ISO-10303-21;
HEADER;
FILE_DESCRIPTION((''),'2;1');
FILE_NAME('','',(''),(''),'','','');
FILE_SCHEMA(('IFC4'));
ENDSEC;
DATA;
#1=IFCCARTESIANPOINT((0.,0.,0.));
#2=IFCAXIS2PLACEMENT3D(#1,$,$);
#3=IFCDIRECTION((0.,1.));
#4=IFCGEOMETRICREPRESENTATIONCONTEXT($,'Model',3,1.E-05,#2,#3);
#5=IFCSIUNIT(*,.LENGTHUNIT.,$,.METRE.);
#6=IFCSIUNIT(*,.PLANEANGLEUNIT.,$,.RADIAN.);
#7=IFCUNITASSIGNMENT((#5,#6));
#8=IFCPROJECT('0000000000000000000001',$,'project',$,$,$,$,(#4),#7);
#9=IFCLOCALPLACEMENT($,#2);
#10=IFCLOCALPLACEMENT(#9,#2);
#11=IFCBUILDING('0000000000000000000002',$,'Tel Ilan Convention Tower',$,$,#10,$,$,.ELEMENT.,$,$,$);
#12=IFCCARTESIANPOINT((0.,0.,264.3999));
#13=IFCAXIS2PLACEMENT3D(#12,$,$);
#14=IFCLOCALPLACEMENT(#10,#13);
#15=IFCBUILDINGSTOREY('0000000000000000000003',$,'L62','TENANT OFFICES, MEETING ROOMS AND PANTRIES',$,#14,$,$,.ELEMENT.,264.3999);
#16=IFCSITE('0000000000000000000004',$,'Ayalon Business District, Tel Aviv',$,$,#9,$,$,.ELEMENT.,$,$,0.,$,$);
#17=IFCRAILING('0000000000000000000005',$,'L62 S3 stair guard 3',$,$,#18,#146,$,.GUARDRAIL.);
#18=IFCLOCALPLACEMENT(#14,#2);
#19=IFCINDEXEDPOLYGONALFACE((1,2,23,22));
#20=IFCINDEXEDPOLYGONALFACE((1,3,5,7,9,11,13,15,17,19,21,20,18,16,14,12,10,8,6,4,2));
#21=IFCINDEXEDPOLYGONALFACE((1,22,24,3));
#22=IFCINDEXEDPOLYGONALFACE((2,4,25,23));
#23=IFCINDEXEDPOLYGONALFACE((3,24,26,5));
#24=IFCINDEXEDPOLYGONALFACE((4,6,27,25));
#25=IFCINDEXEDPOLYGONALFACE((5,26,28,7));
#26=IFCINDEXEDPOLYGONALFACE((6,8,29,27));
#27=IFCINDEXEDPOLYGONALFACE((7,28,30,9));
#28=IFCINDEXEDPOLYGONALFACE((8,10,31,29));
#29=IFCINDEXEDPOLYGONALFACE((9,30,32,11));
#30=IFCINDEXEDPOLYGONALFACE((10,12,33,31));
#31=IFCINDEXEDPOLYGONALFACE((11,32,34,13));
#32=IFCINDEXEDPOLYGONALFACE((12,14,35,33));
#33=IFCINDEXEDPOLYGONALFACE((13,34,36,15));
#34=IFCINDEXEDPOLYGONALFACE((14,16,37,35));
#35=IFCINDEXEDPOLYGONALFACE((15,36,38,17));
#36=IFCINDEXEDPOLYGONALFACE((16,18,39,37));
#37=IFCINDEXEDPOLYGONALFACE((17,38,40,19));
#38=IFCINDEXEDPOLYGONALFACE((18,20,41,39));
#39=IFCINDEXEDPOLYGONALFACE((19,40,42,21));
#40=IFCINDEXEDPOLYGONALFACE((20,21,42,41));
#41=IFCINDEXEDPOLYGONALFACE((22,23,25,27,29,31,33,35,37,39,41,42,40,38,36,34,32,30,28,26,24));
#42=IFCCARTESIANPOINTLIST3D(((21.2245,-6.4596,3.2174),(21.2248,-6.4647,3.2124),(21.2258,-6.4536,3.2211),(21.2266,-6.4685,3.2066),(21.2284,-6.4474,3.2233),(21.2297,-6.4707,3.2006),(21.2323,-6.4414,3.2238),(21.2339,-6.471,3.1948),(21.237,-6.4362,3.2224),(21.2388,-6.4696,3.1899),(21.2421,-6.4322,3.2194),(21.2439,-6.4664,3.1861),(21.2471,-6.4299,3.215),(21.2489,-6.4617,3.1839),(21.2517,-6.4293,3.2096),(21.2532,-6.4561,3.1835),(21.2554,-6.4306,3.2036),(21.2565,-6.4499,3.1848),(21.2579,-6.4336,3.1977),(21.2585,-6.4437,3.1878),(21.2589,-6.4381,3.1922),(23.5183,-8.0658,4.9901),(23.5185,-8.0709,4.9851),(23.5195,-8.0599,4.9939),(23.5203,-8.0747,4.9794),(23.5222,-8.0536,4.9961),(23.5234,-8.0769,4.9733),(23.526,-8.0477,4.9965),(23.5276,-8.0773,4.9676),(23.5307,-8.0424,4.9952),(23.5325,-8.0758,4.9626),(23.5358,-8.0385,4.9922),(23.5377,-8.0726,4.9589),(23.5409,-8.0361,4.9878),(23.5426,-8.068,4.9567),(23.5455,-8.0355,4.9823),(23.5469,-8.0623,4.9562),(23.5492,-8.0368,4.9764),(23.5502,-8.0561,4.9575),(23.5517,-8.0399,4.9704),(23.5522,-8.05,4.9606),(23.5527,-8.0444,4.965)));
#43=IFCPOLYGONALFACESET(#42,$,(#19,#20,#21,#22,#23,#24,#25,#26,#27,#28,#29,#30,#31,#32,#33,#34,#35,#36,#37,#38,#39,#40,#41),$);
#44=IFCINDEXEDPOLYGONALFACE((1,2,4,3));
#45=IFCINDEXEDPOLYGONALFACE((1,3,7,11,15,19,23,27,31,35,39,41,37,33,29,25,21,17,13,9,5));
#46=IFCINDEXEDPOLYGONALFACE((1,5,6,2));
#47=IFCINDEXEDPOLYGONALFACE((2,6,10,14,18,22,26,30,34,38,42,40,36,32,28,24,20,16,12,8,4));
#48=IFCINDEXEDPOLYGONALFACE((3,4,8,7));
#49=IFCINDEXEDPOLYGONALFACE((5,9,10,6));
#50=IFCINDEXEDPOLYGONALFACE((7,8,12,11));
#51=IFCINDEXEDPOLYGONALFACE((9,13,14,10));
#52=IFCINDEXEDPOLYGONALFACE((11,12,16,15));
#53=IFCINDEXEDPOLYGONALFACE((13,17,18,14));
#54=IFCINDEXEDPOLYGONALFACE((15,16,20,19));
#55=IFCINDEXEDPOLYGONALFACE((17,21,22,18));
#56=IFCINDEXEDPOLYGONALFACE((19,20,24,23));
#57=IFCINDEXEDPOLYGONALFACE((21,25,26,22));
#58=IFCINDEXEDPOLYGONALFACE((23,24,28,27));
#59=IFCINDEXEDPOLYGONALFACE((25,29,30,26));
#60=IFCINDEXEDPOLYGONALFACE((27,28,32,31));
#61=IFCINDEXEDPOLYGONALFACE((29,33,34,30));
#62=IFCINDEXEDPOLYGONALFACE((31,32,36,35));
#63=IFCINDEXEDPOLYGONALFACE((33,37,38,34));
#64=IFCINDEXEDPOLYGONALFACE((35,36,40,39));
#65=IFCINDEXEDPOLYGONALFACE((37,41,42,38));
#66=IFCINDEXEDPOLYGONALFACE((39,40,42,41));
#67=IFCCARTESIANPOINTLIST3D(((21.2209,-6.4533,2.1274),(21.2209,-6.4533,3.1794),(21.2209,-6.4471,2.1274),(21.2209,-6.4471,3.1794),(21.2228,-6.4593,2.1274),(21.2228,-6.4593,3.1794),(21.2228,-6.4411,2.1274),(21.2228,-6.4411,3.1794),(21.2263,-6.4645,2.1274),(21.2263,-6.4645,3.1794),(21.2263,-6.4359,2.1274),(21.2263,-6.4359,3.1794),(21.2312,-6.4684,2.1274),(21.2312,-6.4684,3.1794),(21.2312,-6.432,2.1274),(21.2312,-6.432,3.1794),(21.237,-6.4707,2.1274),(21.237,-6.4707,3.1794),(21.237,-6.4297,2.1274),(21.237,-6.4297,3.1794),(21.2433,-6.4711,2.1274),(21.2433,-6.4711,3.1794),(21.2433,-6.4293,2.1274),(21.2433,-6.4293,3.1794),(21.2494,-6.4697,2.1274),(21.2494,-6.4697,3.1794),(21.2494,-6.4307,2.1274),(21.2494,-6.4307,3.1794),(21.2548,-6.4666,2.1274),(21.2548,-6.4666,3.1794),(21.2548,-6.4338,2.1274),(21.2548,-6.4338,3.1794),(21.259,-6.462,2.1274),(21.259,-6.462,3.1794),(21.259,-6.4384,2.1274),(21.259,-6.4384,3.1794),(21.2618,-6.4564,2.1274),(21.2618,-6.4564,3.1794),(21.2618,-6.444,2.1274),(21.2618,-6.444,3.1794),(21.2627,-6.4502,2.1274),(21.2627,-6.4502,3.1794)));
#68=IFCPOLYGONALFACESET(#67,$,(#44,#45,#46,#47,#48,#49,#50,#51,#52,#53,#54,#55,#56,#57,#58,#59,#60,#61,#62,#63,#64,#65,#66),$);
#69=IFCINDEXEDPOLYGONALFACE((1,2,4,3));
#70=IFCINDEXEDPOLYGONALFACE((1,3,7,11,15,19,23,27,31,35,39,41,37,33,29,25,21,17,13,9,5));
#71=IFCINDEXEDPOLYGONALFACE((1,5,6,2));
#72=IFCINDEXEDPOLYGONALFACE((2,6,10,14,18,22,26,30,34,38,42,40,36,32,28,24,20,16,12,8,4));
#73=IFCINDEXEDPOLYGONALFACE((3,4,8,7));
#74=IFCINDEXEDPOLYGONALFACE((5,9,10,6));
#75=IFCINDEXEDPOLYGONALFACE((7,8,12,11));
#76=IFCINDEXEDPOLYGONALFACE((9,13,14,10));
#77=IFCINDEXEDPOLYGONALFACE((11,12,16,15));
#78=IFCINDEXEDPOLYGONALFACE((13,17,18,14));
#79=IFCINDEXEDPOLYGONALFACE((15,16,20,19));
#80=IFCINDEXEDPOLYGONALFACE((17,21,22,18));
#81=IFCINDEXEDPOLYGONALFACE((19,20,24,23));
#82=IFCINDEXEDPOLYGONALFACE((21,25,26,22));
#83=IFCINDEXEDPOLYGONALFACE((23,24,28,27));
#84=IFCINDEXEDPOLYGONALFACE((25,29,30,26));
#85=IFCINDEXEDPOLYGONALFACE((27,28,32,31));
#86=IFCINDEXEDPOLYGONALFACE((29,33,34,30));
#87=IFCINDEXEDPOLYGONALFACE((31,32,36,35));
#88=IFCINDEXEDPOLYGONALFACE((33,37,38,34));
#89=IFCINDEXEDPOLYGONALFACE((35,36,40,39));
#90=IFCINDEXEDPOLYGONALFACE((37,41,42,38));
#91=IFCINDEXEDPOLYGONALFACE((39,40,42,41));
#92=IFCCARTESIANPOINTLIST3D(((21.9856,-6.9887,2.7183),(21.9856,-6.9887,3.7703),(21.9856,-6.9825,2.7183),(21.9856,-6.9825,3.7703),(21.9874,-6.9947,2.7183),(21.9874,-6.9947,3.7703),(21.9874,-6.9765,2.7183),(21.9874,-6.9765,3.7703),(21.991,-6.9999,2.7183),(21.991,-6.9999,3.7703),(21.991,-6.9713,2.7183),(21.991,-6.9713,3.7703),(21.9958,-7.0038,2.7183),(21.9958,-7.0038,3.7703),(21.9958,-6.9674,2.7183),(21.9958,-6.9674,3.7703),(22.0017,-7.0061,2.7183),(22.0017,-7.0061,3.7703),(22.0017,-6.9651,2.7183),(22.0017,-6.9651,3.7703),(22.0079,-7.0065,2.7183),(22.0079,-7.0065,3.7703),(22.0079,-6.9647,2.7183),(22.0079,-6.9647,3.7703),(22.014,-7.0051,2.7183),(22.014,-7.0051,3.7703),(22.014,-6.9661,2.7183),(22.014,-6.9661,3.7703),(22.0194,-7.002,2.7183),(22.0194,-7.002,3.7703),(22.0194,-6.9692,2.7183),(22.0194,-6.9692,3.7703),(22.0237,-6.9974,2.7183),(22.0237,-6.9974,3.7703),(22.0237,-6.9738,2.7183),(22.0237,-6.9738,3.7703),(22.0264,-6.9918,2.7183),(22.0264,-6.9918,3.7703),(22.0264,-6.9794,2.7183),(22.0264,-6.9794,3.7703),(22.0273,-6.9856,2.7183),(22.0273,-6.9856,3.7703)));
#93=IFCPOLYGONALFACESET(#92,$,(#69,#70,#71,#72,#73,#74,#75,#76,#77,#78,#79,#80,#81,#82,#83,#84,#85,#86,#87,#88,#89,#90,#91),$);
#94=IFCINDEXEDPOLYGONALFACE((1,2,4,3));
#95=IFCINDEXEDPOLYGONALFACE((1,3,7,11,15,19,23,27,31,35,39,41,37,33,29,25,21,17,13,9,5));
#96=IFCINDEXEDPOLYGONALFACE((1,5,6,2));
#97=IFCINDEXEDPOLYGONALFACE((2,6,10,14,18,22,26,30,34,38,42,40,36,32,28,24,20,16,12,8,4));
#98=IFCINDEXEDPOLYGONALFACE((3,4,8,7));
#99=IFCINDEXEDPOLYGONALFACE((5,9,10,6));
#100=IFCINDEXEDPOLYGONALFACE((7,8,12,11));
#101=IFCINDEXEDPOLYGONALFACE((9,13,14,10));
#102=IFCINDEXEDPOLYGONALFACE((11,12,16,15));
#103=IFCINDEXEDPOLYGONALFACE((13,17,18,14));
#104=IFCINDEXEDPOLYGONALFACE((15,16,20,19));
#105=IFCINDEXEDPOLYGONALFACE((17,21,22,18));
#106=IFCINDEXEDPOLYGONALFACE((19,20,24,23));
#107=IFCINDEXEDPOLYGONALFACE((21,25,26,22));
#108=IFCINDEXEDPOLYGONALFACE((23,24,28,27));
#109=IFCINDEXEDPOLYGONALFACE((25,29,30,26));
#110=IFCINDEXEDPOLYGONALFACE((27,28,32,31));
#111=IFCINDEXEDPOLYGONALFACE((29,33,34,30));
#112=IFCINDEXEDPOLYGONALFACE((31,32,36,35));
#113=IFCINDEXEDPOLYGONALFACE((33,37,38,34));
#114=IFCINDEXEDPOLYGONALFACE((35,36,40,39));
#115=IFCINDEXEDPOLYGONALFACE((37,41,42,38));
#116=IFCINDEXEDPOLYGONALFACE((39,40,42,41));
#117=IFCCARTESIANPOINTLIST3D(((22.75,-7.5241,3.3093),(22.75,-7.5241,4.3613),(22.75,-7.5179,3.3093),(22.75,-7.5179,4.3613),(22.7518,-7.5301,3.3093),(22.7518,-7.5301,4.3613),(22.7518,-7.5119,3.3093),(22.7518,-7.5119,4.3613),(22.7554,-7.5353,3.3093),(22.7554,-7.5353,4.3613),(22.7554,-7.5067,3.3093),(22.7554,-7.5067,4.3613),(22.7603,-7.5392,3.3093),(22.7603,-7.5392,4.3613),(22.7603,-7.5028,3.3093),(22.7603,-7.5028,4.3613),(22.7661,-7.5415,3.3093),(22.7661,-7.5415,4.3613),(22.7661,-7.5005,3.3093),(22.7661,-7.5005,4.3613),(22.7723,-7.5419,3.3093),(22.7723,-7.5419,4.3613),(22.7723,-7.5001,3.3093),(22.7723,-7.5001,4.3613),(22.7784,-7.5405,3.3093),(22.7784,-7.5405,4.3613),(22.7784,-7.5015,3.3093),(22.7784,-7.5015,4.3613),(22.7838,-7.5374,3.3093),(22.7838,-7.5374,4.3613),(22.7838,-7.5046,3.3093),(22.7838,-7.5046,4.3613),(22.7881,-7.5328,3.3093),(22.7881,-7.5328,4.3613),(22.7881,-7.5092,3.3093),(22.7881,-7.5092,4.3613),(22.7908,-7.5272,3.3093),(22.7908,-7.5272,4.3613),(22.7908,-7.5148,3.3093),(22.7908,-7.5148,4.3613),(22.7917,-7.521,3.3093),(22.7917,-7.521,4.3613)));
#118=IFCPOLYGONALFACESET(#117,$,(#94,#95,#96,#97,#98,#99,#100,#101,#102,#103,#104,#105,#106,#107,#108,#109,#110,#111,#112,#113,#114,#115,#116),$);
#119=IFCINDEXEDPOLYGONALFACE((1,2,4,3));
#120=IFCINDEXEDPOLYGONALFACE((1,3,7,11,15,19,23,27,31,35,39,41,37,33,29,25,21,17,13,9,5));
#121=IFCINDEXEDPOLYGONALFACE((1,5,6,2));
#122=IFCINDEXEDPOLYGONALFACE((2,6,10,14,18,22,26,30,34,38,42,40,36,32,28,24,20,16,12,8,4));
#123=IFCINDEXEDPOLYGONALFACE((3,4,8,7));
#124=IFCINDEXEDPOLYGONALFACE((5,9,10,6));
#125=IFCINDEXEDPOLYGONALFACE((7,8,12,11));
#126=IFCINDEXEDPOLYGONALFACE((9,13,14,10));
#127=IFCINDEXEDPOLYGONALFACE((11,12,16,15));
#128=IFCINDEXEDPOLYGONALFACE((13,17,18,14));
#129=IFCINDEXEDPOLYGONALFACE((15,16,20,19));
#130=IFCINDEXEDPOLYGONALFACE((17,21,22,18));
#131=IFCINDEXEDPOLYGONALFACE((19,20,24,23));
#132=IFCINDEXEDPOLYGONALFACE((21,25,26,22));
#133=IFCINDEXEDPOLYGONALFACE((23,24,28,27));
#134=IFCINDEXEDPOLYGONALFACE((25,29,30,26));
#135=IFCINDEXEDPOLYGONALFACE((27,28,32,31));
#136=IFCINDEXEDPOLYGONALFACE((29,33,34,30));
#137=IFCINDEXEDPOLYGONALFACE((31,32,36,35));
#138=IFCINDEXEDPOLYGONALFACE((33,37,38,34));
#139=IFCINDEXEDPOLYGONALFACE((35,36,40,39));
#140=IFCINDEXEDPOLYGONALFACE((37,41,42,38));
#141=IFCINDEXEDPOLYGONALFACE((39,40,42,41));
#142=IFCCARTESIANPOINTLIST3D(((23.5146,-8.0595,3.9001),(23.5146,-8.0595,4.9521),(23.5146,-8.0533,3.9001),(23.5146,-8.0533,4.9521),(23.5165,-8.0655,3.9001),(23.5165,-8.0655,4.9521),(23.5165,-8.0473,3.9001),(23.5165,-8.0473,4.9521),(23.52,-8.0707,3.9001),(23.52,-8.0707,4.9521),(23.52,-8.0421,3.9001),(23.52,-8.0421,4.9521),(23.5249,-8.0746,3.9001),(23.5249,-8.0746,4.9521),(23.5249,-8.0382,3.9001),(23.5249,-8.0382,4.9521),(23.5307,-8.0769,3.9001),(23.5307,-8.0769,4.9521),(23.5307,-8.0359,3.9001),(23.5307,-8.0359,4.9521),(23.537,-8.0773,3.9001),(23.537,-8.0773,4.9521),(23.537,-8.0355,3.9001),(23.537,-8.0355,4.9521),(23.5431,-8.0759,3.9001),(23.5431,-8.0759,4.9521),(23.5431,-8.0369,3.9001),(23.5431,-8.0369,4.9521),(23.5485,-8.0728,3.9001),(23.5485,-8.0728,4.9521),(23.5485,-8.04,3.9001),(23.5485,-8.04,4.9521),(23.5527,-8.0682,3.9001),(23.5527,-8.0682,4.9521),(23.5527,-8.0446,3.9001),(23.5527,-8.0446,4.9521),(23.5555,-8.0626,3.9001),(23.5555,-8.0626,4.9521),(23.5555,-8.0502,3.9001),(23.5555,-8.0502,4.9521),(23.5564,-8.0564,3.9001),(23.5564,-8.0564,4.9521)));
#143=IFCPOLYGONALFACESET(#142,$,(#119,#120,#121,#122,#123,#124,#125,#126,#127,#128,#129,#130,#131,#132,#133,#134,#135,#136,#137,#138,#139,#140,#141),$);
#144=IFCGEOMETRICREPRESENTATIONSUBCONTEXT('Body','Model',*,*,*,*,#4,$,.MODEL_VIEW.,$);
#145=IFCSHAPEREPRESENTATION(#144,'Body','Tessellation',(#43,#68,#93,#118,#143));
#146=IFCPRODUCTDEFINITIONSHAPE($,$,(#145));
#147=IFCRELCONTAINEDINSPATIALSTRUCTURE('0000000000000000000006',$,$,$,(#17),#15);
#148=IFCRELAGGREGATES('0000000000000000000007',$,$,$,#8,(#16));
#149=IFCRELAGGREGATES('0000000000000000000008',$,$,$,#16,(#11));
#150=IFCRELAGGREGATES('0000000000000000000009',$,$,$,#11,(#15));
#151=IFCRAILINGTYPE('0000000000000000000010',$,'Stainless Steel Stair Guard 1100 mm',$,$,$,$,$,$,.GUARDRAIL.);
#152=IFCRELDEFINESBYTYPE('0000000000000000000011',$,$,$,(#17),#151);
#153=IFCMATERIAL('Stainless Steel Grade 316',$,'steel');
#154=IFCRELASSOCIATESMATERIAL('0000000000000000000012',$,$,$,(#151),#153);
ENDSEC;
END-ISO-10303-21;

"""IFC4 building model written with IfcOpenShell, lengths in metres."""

from ifc_helpers import new_model, si_unit, direction, frame, origin, origin_2d, place, context, subcontext, project, spatial, circle, extrude, material, type_object, element, save


model = new_model("IFC4")

# Units and contexts
model_context = context("Model", 3, precision=1e-05, world=origin(), true_north=direction((0.0, 1.0)))
body_context = subcontext(model_context, "Body", "Model", "MODEL_VIEW")
ifc_project = project(units=[si_unit("LENGTHUNIT", "METRE"), si_unit("PLANEANGLEUNIT", "RADIAN")], contexts=[model_context])

# Site, building, storey
site_placement = place(None, origin())
site = spatial("IfcSite", under=ifc_project, at=site_placement, Name="Ayalon Business District, Tel Aviv", CompositionType="ELEMENT", RefElevation=0.0)
building_placement = place(site_placement, origin())
building = spatial("IfcBuilding", under=site, at=building_placement, Name="Tel Ilan Convention Tower", CompositionType="ELEMENT")
storey_placement = place(building_placement, frame((0.0, 0.0, 264.3999)))
storey = spatial("IfcBuildingStorey", under=building, at=storey_placement, Name="L62", Description="TENANT OFFICES, MEETING ROOMS AND PANTRIES", CompositionType="ELEMENT", Elevation=264.3999)

# Railing
ifc_material_1 = material(Name="Stainless Steel Grade 316", Category="steel")
railing_type_1 = type_object("IfcRailingType", Name="Stainless Steel Stair Guard 1100 mm", PredefinedType="GUARDRAIL", material=ifc_material_1)
railing_1_placement = place(storey_placement, frame((21.2417, -6.4502, 2.1274)))
element("IfcRailing", 1, at=railing_1_placement, inside=storey, type_object=railing_type_1, Name="L62 S3 stair guard 3", PredefinedType="GUARDRAIL", context=body_context, shape_type="SweptSolid", body=[
    extrude(circle(Radius=0.0239, at=origin_2d()), frame((0.0, 0.0, 1.0762), z_axis=(0.692098, -0.484653, 0.534894), x_axis=(0.573609, 0.81913, 0.0)), (0.0, 0.0, 1.0), 3.3142),
    extrude(circle(Radius=0.021, at=origin_2d()), origin(), (0.0, 0.0, 1.0), 1.052),
    extrude(circle(Radius=0.021, at=origin_2d()), frame((0.7646, -0.5354, 0.5908)), (0.0, 0.0, 1.0), 1.052),
    extrude(circle(Radius=0.021, at=origin_2d()), frame((1.5291, -1.0708, 1.1819)), (0.0, 0.0, 1.0), 1.052),
    extrude(circle(Radius=0.021, at=origin_2d()), frame((2.2937, -1.6062, 1.7727)), (0.0, 0.0, 1.0), 1.052),
])

save(model, "model.ifc")
